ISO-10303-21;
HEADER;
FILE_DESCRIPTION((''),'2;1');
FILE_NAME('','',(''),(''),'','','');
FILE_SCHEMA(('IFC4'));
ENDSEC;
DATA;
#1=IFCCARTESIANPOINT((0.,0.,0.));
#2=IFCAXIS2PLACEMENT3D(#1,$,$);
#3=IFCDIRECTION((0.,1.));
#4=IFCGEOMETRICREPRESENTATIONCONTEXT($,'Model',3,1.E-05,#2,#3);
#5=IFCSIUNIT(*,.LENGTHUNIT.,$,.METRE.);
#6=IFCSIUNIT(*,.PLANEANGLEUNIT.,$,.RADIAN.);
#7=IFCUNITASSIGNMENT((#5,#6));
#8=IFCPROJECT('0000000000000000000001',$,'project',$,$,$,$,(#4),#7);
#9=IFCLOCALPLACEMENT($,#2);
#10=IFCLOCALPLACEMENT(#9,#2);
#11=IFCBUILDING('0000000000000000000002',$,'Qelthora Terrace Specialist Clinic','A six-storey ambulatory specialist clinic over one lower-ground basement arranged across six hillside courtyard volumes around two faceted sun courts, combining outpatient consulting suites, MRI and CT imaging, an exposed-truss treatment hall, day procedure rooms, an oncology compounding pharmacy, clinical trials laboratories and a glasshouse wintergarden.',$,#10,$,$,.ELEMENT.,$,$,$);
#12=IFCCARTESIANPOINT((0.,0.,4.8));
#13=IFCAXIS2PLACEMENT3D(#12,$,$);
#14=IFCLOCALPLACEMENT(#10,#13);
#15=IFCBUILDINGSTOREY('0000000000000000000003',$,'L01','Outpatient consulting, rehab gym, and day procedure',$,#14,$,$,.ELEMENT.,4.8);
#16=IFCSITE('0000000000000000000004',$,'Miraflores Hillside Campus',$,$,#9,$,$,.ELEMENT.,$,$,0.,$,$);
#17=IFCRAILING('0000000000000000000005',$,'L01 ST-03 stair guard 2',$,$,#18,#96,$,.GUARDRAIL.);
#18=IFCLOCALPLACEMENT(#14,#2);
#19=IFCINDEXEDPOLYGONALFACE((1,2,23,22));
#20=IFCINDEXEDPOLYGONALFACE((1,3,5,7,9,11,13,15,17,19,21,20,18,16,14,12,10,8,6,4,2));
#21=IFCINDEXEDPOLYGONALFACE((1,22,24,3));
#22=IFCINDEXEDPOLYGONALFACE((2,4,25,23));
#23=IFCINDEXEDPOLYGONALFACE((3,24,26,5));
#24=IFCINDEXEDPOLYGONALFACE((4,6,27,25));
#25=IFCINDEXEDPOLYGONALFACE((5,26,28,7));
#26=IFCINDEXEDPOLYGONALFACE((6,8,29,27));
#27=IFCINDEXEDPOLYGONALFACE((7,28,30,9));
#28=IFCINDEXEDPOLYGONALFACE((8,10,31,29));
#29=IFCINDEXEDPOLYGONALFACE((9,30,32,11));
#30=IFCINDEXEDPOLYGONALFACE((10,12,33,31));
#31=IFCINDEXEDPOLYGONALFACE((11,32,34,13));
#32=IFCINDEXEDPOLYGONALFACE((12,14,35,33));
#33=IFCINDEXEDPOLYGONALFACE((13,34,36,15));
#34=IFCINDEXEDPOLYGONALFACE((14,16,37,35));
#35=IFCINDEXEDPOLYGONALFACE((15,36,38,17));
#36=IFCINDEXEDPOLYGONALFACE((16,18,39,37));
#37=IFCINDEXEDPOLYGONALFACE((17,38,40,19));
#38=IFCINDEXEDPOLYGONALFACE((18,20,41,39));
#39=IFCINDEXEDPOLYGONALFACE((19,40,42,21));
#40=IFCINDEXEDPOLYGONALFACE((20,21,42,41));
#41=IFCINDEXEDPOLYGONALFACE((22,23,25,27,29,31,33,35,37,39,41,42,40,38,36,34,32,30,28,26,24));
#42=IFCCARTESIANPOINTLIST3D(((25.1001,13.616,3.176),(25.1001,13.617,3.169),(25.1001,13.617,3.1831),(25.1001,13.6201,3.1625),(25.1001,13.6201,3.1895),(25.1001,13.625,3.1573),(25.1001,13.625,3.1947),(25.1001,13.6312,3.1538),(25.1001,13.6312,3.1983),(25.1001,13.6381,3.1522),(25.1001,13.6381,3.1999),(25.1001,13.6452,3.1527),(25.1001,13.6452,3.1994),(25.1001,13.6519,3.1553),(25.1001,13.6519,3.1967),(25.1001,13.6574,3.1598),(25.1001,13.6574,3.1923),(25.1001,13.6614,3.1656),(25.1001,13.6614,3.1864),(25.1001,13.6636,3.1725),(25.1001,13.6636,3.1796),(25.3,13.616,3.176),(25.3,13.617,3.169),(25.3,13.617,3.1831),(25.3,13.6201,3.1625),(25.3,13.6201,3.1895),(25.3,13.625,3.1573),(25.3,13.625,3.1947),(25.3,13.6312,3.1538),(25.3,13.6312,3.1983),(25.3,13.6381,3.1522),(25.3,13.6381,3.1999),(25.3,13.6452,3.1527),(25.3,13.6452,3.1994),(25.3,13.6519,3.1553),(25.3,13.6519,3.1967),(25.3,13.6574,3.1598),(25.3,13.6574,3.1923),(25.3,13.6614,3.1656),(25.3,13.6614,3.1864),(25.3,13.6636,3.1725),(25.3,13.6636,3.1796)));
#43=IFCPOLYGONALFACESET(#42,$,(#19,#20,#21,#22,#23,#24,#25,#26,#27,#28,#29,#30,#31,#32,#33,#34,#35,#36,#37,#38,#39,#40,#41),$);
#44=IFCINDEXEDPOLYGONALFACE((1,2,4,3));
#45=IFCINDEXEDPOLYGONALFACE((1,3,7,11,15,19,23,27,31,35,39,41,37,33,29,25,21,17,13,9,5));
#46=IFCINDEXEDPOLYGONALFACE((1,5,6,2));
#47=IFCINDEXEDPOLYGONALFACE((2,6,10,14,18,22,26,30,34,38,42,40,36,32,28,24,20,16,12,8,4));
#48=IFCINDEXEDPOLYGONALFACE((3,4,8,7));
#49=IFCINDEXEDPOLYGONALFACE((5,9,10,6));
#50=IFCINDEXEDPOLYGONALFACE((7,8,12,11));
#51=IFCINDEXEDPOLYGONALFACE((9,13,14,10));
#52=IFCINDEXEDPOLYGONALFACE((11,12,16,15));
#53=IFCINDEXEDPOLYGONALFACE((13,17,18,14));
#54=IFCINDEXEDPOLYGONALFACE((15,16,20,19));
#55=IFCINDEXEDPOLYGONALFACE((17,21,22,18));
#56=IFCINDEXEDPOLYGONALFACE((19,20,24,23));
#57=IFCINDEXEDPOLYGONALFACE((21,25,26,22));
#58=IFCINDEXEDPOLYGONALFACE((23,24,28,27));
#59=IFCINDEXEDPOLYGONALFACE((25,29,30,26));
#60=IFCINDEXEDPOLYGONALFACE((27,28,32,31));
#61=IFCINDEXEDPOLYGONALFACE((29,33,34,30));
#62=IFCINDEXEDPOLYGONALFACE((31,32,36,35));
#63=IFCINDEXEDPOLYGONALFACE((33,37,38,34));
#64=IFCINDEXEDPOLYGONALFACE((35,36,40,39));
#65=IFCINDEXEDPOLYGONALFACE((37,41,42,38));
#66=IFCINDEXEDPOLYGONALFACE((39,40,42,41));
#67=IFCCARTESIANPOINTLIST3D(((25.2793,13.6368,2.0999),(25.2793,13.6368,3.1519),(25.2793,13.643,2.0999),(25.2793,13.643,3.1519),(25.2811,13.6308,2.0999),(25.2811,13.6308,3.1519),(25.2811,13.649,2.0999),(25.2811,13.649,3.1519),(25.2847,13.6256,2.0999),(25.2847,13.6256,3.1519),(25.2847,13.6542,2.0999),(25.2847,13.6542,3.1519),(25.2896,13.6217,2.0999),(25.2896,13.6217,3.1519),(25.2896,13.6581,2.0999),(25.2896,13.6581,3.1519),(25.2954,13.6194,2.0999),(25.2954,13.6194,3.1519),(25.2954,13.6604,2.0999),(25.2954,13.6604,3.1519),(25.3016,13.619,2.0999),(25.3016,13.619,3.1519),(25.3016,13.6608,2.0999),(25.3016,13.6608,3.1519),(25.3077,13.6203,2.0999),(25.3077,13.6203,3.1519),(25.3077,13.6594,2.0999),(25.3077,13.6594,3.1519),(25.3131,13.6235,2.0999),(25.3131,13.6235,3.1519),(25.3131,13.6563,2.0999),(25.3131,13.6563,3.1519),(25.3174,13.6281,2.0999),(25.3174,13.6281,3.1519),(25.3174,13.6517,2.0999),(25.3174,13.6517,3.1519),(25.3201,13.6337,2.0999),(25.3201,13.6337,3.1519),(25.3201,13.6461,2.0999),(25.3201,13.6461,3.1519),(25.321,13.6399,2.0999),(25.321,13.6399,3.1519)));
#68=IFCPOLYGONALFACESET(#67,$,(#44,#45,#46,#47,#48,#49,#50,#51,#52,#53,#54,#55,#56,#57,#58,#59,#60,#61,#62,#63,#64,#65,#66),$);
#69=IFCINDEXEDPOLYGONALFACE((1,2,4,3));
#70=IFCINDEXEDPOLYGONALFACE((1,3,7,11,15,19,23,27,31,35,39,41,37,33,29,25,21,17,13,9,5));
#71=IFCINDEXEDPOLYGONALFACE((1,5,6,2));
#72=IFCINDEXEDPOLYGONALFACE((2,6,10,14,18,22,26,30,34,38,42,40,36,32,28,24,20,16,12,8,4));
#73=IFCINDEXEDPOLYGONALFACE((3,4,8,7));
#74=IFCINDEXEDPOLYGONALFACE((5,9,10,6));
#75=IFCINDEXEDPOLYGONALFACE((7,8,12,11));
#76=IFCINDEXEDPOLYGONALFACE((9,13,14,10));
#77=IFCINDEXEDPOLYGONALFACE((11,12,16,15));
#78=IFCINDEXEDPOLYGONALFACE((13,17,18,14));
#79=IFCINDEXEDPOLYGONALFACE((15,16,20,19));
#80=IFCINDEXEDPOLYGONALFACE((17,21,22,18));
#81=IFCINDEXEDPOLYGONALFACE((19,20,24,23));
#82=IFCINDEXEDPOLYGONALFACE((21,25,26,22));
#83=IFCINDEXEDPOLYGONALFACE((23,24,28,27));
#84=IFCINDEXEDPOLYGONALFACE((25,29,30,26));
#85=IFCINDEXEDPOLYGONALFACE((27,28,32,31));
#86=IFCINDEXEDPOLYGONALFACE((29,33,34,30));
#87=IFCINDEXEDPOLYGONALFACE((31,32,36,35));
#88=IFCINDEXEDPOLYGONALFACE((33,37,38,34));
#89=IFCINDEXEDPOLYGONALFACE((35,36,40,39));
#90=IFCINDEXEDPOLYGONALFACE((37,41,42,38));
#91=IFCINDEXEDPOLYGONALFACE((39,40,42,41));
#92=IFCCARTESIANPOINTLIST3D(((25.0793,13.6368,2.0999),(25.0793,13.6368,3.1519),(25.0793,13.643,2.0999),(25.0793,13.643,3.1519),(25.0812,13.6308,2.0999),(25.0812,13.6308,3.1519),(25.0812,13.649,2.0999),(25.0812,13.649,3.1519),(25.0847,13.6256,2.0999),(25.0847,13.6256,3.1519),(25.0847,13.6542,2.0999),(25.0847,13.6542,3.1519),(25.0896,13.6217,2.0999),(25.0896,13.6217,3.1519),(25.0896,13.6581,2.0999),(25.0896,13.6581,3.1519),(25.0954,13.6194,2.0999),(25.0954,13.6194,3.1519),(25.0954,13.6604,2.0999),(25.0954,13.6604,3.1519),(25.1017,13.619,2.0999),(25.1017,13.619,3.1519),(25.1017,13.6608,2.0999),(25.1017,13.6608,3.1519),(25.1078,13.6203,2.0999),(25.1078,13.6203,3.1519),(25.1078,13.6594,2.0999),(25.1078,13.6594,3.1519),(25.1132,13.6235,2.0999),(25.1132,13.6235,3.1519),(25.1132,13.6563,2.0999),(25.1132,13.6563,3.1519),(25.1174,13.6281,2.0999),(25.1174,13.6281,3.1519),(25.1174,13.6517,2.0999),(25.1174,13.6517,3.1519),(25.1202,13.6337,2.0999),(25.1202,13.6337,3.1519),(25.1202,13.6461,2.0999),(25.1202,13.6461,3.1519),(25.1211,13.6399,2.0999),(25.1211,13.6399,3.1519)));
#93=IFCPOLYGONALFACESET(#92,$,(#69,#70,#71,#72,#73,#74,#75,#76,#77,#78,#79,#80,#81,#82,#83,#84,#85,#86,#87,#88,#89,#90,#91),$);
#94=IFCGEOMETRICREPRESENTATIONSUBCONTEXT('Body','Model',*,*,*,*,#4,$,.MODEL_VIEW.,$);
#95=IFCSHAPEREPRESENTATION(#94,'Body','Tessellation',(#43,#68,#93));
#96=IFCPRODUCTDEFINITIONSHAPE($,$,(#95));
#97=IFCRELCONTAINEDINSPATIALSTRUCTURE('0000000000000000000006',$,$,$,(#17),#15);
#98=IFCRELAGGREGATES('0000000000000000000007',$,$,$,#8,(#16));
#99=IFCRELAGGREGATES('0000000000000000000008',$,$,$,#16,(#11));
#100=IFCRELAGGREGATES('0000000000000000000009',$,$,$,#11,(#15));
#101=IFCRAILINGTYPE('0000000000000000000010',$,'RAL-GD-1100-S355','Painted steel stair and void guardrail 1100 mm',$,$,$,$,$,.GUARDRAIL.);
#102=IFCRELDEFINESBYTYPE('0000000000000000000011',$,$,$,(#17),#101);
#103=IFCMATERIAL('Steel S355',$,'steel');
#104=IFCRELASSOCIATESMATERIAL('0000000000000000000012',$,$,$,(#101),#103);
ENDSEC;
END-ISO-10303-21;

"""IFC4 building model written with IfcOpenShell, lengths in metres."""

from ifc_helpers import new_model, si_unit, direction, frame, origin, origin_2d, place, context, subcontext, project, spatial, circle, extrude, material, type_object, element, save


model = new_model("IFC4")

# Units and contexts
model_context = context("Model", 3, precision=1e-05, world=origin(), true_north=direction((0.0, 1.0)))
body_context = subcontext(model_context, "Body", "Model", "MODEL_VIEW")
ifc_project = project(units=[si_unit("LENGTHUNIT", "METRE"), si_unit("PLANEANGLEUNIT", "RADIAN")], contexts=[model_context])

# Site, building, storey
site_placement = place(None, origin())
site = spatial("IfcSite", under=ifc_project, at=site_placement, Name="Miraflores Hillside Campus", CompositionType="ELEMENT", RefElevation=0.0)
building_placement = place(site_placement, origin())
building = spatial("IfcBuilding", under=site, at=building_placement, Name="Qelthora Terrace Specialist Clinic", Description="A six-storey ambulatory specialist clinic over one lower-ground basement arranged across six hillside courtyard volumes around two faceted sun courts, combining outpatient consulting suites, MRI and CT imaging, an exposed-truss treatment hall, day procedure rooms, an oncology compounding pharmacy, clinical trials laboratories and a glasshouse wintergarden.", CompositionType="ELEMENT")
storey_placement = place(building_placement, frame((0.0, 0.0, 4.8)))
storey = spatial("IfcBuildingStorey", under=building, at=storey_placement, Name="L01", Description="Outpatient consulting, rehab gym, and day procedure", CompositionType="ELEMENT", Elevation=4.8)

# Shared definitions
ifc_material_1 = material(Name="Steel S355", Category="steel")

# Railing
railing_type_1 = type_object("IfcRailingType", Name="RAL-GD-1100-S355", Description="Painted steel stair and void guardrail 1100 mm", PredefinedType="GUARDRAIL", material=ifc_material_1)
railing_1_placement = place(storey_placement, frame((25.3, 13.6399, 2.0999)))
element("IfcRailing", 1, at=railing_1_placement, inside=storey, type_object=railing_type_1, Name="L01 ST-03 stair guard 2", PredefinedType="GUARDRAIL", context=body_context, shape_type="SweptSolid", body=[
    extrude(circle(Radius=0.0239, at=origin_2d()), frame((0.0, 0.0, 1.0762), z_axis=(-1.0, 0.0, 0.0), x_axis=(0.0, -1.0, 0.0)), (0.0, 0.0, 1.0), 0.2),
    extrude(circle(Radius=0.021, at=origin_2d()), origin(), (0.0, 0.0, 1.0), 1.052),
    extrude(circle(Radius=0.021, at=origin_2d()), frame((-0.2, 0.0, 0.0)), (0.0, 0.0, 1.0), 1.052),
])

save(model, "model.ifc")
